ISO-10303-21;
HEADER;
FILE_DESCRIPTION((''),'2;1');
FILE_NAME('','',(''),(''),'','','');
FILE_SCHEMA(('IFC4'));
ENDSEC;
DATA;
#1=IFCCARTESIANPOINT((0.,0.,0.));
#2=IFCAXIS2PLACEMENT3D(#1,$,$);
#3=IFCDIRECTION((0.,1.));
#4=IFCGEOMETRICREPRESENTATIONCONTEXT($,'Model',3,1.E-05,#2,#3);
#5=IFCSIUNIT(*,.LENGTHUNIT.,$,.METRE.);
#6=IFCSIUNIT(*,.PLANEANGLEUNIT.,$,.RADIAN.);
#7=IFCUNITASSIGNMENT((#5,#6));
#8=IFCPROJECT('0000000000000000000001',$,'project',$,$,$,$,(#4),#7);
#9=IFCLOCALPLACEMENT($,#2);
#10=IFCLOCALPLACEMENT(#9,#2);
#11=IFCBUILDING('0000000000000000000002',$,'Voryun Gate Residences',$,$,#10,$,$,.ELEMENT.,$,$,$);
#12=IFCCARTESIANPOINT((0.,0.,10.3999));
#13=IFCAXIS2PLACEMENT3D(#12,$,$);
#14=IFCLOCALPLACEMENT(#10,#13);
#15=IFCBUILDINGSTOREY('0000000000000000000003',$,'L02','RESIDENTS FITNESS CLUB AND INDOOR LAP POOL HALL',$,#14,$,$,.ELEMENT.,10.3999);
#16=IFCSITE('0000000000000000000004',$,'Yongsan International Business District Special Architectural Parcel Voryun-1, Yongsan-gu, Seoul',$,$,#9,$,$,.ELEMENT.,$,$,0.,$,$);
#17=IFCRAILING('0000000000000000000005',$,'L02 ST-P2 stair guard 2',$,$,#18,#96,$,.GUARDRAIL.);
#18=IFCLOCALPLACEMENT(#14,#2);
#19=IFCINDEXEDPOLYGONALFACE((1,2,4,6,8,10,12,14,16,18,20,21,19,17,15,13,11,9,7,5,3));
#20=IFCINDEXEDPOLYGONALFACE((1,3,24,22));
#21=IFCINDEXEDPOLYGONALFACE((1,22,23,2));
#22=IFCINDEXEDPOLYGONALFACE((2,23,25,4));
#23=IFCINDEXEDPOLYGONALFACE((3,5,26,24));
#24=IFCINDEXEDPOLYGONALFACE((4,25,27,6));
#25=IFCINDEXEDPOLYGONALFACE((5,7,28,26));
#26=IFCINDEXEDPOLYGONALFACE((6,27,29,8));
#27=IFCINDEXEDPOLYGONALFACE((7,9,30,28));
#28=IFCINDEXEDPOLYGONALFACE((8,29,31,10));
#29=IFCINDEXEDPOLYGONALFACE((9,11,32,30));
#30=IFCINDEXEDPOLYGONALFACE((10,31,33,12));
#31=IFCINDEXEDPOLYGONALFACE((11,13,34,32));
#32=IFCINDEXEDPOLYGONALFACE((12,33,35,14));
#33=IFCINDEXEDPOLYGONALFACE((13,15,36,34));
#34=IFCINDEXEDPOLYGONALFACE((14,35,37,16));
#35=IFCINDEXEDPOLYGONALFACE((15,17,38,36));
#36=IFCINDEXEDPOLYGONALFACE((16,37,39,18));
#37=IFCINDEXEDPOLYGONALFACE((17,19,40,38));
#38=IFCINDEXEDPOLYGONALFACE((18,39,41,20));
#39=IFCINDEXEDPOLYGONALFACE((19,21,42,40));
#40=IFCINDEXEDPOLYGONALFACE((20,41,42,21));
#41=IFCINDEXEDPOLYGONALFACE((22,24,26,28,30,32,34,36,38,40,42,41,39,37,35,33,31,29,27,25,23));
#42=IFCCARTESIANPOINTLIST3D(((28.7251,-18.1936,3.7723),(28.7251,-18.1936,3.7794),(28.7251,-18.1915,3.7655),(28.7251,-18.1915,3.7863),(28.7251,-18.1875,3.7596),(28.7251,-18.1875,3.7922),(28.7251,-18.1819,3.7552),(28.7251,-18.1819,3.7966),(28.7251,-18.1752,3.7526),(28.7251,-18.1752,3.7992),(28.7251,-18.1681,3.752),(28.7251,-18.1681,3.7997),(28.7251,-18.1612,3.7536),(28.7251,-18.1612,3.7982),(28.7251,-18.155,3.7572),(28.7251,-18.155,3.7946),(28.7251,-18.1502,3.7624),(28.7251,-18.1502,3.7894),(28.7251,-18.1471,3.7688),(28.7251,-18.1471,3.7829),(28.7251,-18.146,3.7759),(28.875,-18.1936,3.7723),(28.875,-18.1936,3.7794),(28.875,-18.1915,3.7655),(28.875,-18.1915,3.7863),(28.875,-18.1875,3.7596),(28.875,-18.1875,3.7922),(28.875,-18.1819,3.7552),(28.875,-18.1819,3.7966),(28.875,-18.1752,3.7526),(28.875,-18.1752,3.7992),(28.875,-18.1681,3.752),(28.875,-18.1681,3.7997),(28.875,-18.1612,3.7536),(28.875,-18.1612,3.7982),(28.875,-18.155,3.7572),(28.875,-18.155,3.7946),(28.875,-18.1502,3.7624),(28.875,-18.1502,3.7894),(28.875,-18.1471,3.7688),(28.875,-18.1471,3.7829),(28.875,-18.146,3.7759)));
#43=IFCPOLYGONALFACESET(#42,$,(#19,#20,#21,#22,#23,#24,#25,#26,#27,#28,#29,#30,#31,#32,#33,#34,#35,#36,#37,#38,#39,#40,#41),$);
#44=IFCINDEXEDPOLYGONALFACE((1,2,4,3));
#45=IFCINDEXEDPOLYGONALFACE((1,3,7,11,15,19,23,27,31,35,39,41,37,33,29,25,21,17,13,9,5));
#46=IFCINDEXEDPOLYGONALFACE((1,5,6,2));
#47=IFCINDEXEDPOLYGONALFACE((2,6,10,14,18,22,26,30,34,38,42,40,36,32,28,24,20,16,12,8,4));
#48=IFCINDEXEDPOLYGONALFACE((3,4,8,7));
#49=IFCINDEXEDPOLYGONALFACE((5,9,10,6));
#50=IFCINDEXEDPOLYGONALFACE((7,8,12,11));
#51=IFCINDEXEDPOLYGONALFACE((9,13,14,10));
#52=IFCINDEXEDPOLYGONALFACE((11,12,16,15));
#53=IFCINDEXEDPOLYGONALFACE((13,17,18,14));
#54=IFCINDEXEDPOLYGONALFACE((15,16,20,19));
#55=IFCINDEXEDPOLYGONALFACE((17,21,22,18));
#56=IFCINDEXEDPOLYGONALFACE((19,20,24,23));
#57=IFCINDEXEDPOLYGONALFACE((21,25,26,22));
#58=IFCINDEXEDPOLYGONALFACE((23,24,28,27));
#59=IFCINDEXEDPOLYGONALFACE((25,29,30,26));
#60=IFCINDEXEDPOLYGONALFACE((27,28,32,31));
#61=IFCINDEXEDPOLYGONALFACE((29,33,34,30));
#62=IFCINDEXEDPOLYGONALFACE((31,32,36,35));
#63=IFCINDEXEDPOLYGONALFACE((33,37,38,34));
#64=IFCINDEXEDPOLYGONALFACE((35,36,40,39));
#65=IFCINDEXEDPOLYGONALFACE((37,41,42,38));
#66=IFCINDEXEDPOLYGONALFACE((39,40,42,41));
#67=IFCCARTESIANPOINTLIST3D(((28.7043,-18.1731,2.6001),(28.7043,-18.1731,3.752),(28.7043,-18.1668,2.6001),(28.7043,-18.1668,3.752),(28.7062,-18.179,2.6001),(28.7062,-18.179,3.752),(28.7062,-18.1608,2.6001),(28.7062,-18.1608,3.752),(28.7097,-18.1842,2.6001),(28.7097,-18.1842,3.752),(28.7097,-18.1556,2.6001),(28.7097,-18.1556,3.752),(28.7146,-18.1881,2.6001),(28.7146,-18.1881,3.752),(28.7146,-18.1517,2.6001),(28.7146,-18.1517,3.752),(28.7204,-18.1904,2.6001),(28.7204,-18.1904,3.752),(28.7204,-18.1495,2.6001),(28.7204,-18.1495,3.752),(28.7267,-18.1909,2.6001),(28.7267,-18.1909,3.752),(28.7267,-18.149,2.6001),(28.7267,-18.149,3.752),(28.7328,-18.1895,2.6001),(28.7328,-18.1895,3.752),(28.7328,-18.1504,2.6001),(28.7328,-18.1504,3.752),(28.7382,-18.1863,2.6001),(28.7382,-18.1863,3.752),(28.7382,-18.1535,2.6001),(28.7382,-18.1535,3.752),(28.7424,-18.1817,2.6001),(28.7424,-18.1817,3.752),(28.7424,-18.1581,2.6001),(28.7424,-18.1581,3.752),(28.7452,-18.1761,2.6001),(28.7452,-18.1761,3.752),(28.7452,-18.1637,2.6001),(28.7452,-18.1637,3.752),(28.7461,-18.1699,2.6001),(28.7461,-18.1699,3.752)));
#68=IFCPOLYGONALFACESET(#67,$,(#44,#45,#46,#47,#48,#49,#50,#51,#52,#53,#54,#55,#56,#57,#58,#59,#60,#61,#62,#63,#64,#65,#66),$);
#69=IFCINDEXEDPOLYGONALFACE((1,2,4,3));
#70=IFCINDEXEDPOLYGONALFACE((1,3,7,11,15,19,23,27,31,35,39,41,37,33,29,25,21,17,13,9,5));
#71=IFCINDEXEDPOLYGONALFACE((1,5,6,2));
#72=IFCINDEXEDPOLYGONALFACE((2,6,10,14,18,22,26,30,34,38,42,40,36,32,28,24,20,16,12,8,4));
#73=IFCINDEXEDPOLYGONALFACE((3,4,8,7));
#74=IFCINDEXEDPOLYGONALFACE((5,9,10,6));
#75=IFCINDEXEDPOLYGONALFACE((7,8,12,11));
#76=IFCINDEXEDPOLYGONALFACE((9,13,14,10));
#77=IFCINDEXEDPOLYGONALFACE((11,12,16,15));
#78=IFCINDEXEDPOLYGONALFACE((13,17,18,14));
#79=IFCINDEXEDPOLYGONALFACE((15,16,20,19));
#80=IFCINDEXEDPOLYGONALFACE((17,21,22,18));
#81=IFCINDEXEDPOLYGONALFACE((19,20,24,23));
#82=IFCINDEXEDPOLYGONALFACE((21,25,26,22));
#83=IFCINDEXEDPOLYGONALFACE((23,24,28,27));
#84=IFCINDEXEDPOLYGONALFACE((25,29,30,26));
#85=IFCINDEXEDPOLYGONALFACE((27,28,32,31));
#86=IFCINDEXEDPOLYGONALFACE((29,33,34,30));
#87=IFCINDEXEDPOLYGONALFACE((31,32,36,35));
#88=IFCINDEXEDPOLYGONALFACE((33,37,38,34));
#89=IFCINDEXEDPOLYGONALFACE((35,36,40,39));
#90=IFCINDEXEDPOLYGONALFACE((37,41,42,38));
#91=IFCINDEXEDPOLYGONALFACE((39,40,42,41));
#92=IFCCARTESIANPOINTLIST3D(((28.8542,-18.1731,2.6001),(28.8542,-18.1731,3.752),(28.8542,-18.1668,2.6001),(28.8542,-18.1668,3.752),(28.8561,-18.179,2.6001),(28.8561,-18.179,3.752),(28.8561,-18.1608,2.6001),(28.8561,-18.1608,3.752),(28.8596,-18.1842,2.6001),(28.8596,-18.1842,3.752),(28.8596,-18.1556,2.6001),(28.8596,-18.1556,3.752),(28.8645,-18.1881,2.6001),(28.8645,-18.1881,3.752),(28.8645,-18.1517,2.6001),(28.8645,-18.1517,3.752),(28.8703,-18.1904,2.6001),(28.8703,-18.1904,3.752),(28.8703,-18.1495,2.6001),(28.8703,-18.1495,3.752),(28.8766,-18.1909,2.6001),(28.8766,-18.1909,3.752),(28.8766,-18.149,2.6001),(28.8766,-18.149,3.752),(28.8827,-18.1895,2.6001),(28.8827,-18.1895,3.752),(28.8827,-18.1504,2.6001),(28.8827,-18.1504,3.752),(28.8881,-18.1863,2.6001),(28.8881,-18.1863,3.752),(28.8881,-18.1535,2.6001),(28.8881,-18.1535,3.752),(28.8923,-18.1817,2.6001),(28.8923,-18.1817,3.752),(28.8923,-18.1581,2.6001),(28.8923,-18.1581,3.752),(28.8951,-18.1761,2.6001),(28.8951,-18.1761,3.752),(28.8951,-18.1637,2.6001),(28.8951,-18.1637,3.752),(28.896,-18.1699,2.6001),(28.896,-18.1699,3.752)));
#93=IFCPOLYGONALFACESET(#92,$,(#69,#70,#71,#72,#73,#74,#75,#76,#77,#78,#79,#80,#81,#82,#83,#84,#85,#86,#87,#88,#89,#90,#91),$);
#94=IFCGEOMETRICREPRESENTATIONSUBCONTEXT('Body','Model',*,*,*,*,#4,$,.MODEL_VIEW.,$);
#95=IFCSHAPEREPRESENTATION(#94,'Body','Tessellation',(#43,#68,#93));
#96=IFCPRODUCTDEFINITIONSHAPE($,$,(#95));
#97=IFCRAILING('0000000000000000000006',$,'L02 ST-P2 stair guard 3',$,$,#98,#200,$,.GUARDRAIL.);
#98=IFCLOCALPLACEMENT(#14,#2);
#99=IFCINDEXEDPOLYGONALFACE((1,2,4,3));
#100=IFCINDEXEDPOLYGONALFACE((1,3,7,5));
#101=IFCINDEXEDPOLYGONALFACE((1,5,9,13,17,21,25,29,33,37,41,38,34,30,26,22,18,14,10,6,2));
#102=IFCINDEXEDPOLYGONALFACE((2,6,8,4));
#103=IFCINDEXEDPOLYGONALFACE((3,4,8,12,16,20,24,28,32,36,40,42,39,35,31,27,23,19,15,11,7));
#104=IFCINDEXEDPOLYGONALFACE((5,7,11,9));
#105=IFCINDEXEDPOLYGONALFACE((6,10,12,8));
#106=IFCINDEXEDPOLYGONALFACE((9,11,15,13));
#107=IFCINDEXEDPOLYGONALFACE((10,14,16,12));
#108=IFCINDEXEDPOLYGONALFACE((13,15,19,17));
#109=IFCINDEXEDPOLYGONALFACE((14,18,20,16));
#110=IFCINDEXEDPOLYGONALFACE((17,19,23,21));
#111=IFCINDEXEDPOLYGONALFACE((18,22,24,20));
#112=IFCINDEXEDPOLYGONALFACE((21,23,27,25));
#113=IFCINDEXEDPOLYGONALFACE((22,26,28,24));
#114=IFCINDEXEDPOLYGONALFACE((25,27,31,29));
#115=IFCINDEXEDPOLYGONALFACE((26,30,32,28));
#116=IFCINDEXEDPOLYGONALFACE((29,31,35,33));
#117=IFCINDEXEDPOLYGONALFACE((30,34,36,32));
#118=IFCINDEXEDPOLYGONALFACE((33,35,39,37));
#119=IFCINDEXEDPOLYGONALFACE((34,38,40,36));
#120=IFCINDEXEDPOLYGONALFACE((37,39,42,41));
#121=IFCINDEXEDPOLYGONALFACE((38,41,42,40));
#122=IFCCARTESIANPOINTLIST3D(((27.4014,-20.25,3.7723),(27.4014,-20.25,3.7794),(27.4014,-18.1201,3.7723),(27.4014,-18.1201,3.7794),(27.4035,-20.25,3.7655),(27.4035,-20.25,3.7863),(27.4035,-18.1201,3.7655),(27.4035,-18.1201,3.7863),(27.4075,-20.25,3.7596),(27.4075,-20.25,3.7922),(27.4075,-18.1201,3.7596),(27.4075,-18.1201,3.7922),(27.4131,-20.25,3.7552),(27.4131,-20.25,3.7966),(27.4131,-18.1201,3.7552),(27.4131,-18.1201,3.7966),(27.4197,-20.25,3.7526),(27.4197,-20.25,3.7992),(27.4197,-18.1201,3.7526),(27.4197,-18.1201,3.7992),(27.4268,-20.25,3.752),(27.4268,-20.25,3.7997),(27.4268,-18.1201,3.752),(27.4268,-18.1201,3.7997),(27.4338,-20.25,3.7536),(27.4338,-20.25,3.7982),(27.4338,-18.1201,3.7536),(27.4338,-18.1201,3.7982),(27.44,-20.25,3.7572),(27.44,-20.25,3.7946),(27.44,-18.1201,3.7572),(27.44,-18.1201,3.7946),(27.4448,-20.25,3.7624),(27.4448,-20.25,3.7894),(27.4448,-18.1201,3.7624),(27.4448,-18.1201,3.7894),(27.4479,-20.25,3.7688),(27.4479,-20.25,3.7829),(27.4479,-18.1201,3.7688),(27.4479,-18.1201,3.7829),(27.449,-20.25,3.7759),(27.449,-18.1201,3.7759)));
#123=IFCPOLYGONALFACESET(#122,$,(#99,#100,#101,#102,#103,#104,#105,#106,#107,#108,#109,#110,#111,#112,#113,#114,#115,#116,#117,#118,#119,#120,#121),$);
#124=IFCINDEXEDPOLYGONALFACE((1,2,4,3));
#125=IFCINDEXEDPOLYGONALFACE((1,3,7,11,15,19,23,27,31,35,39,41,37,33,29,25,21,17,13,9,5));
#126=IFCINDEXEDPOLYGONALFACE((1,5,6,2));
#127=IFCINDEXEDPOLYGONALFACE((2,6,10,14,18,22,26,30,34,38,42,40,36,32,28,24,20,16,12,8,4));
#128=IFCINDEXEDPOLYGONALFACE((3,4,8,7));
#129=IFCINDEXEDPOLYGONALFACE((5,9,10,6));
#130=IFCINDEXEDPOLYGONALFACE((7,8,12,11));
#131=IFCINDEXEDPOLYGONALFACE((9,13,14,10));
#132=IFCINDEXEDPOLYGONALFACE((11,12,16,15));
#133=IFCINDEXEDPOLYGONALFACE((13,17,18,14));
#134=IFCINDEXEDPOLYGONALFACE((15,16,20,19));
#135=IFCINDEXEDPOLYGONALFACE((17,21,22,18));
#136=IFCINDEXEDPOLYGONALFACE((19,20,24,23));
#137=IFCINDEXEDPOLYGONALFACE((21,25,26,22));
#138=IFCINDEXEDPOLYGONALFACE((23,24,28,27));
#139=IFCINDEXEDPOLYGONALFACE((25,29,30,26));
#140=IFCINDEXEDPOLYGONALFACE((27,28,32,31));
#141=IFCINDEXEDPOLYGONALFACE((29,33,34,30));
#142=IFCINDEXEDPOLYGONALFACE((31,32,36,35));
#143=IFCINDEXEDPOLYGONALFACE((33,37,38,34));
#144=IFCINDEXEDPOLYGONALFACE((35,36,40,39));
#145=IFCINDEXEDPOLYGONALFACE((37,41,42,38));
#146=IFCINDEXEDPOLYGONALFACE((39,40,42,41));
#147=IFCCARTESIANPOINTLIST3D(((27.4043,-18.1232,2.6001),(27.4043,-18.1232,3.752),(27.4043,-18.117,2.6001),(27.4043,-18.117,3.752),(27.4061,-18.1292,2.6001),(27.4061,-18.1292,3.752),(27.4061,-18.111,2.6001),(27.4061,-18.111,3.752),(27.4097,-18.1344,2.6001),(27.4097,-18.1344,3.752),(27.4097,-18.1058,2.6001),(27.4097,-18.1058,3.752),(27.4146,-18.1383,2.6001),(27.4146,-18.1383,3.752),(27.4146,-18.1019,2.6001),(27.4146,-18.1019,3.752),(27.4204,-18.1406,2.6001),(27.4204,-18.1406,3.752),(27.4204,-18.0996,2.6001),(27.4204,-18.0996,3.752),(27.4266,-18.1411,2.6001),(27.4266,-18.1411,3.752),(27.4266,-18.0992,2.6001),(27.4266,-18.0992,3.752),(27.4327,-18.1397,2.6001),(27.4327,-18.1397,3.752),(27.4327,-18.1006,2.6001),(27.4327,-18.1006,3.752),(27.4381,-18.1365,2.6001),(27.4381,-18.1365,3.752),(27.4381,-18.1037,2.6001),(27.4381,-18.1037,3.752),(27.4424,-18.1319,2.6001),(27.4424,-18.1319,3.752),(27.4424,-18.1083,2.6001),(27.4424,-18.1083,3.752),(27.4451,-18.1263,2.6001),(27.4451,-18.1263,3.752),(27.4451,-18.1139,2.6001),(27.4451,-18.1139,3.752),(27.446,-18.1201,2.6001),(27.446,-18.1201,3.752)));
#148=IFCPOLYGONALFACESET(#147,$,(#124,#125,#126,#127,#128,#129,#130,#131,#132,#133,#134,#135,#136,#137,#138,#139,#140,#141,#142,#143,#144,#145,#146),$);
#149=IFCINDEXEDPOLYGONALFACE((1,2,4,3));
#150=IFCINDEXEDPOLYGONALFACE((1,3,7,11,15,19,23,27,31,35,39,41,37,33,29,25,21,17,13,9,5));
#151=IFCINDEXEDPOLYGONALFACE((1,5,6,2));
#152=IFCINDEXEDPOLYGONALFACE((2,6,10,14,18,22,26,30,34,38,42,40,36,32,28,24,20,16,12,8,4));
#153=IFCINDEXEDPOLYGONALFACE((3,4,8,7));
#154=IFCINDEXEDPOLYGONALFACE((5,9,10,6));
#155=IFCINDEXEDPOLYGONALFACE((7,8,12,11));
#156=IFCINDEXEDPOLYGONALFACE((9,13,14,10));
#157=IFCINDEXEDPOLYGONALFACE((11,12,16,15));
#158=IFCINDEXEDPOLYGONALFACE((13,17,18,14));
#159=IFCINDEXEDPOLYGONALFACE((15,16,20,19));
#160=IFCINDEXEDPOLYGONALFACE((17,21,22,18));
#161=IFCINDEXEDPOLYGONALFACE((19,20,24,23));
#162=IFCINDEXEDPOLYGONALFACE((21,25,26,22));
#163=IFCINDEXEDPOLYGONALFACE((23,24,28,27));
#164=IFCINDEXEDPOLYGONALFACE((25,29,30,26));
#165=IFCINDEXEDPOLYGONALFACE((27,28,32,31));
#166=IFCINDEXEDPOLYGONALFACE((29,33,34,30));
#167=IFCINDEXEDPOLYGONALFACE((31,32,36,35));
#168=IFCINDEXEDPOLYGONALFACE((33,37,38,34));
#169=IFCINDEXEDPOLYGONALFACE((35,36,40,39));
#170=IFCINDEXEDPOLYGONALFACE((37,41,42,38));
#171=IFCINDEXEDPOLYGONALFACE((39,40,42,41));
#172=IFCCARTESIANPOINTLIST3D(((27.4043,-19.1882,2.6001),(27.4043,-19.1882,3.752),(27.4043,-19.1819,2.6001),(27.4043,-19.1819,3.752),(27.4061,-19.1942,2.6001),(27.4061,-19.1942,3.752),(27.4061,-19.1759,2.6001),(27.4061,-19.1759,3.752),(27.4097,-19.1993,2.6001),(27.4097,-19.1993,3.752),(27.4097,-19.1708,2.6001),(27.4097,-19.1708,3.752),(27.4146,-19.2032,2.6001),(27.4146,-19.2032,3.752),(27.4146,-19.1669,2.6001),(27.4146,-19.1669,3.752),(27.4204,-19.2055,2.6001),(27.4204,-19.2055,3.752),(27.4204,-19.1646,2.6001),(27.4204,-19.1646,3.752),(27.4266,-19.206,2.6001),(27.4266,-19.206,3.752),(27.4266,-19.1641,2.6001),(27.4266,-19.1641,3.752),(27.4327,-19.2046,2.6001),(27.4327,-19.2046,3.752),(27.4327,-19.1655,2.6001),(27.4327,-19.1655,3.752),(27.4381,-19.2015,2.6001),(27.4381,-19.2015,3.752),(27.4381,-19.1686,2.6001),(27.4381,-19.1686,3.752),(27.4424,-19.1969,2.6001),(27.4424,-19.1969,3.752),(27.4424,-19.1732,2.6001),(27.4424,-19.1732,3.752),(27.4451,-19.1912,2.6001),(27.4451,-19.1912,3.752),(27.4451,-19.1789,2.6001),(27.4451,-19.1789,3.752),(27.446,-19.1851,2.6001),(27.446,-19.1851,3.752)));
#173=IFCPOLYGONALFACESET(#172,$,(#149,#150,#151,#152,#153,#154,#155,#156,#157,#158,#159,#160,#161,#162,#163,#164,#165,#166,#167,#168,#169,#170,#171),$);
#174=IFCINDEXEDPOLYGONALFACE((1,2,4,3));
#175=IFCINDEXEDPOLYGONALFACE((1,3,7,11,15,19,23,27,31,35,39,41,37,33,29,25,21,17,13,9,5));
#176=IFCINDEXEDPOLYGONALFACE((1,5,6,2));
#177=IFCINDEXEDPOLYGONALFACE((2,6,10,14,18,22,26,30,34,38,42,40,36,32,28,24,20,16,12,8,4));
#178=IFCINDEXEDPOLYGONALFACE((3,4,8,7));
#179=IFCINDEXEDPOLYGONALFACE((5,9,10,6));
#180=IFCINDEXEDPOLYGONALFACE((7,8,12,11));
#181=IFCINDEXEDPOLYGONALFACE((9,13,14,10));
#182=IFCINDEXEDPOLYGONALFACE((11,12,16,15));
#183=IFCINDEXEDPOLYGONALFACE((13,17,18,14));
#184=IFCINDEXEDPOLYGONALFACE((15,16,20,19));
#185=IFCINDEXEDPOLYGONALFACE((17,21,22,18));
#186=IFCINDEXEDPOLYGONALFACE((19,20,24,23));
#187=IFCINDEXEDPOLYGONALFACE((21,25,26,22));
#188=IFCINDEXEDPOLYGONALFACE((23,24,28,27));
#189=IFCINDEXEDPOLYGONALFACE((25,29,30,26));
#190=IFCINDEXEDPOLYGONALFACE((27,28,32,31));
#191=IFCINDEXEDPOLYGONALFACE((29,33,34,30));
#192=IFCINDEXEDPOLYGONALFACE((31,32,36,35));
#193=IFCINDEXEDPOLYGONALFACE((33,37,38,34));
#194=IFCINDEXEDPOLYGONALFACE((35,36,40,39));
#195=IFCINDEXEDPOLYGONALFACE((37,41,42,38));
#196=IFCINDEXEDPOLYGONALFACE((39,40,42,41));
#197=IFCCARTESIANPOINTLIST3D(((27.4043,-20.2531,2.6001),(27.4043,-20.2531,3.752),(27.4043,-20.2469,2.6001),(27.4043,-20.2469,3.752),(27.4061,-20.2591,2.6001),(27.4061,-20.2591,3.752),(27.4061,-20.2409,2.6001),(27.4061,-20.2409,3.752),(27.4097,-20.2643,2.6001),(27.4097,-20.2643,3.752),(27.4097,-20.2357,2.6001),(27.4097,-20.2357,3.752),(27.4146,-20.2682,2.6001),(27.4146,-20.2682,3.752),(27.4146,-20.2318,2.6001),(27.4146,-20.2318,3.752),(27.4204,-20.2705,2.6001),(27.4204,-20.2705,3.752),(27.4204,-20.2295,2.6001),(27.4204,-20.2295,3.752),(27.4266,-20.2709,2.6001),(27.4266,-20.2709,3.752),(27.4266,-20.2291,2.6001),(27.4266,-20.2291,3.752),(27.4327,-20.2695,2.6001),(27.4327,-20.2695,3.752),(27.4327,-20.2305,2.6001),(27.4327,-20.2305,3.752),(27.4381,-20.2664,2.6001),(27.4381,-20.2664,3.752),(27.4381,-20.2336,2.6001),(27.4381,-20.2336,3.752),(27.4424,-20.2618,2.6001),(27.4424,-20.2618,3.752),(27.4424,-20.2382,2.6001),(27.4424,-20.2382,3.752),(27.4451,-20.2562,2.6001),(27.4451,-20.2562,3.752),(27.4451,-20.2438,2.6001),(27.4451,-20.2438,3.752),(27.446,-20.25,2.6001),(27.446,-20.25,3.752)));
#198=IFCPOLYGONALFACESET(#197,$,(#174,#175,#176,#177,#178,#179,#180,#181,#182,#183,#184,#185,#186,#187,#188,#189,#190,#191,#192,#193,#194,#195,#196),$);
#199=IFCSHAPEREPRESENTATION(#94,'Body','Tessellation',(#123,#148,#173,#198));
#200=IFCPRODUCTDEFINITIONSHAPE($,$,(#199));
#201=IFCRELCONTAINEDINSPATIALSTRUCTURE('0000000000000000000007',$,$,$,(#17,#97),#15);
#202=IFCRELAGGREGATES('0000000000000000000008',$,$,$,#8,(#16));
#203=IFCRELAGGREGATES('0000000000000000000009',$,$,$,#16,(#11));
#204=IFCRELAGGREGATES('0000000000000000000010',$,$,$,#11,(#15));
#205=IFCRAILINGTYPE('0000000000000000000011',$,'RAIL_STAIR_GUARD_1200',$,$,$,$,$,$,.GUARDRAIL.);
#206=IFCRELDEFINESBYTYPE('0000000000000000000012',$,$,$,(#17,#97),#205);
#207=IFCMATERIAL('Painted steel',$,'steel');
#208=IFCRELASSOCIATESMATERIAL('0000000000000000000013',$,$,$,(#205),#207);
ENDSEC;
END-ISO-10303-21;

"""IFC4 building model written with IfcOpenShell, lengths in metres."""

from ifc_helpers import new_model, si_unit, direction, frame, origin, origin_2d, place, context, subcontext, project, spatial, circle, extrude, material, type_object, element, save


model = new_model("IFC4")

# Units and contexts
model_context = context("Model", 3, precision=1e-05, world=origin(), true_north=direction((0.0, 1.0)))
body_context = subcontext(model_context, "Body", "Model", "MODEL_VIEW")
ifc_project = project(units=[si_unit("LENGTHUNIT", "METRE"), si_unit("PLANEANGLEUNIT", "RADIAN")], contexts=[model_context])

# Site, building, storey
site_placement = place(None, origin())
site = spatial("IfcSite", under=ifc_project, at=site_placement, Name="Yongsan International Business District Special Architectural Parcel Voryun-1, Yongsan-gu, Seoul", CompositionType="ELEMENT", RefElevation=0.0)
building_placement = place(site_placement, origin())
building = spatial("IfcBuilding", under=site, at=building_placement, Name="Voryun Gate Residences", CompositionType="ELEMENT")
storey_placement = place(building_placement, frame((0.0, 0.0, 10.3999)))
storey = spatial("IfcBuildingStorey", under=building, at=storey_placement, Name="L02", Description="RESIDENTS FITNESS CLUB AND INDOOR LAP POOL HALL", CompositionType="ELEMENT", Elevation=10.3999)

# Railings
ifc_material_1 = material(Name="Painted steel", Category="steel")
railing_type_1 = type_object("IfcRailingType", Name="RAIL_STAIR_GUARD_1200", PredefinedType="GUARDRAIL", material=ifc_material_1)
railing_1_placement = place(storey_placement, frame((28.7251, -18.1699, 2.6001)))
element("IfcRailing", 1, at=railing_1_placement, inside=storey, type_object=railing_type_1, Name="L02 ST-P2 stair guard 2", PredefinedType="GUARDRAIL", context=body_context, shape_type="SweptSolid", body=[
    extrude(circle(Radius=0.0239, at=origin_2d()), frame((0.0, 0.0, 1.1758), z_axis=(1.0, 0.0, 0.0), x_axis=(0.0, 1.0, 0.0)), (0.0, 0.0, 1.0), 0.1499),
    extrude(circle(Radius=0.021, at=origin_2d()), origin(), (0.0, 0.0, 1.0), 1.1519),
    extrude(circle(Radius=0.021, at=origin_2d()), frame((0.1499, 0.0, 0.0)), (0.0, 0.0, 1.0), 1.1519),
])
for number, where, name in (
    (2, (27.425, -18.1201, 2.6001), "L02 ST-P2 stair guard 3"),
):
    element("IfcRailing", number, at=place(storey_placement, frame(where)), inside=storey, type_object=railing_type_1, Name=name, PredefinedType="GUARDRAIL", context=body_context, shape_type="SweptSolid", body=[
        extrude(circle(Radius=0.0239, at=origin_2d()), frame((0.0, 0.0, 1.1758), z_axis=(0.0, -1.0, 0.0), x_axis=(1.0, 0.0, 0.0)), (0.0, 0.0, 1.0), 2.1299),
        extrude(circle(Radius=0.021, at=origin_2d()), origin(), (0.0, 0.0, 1.0), 1.1519),
        extrude(circle(Radius=0.021, at=origin_2d()), frame((0.0, -1.0649, 0.0)), (0.0, 0.0, 1.0), 1.1519),
        extrude(circle(Radius=0.021, at=origin_2d()), frame((0.0, -2.1299, 0.0)), (0.0, 0.0, 1.0), 1.1519),
    ])

save(model, "model.ifc")
